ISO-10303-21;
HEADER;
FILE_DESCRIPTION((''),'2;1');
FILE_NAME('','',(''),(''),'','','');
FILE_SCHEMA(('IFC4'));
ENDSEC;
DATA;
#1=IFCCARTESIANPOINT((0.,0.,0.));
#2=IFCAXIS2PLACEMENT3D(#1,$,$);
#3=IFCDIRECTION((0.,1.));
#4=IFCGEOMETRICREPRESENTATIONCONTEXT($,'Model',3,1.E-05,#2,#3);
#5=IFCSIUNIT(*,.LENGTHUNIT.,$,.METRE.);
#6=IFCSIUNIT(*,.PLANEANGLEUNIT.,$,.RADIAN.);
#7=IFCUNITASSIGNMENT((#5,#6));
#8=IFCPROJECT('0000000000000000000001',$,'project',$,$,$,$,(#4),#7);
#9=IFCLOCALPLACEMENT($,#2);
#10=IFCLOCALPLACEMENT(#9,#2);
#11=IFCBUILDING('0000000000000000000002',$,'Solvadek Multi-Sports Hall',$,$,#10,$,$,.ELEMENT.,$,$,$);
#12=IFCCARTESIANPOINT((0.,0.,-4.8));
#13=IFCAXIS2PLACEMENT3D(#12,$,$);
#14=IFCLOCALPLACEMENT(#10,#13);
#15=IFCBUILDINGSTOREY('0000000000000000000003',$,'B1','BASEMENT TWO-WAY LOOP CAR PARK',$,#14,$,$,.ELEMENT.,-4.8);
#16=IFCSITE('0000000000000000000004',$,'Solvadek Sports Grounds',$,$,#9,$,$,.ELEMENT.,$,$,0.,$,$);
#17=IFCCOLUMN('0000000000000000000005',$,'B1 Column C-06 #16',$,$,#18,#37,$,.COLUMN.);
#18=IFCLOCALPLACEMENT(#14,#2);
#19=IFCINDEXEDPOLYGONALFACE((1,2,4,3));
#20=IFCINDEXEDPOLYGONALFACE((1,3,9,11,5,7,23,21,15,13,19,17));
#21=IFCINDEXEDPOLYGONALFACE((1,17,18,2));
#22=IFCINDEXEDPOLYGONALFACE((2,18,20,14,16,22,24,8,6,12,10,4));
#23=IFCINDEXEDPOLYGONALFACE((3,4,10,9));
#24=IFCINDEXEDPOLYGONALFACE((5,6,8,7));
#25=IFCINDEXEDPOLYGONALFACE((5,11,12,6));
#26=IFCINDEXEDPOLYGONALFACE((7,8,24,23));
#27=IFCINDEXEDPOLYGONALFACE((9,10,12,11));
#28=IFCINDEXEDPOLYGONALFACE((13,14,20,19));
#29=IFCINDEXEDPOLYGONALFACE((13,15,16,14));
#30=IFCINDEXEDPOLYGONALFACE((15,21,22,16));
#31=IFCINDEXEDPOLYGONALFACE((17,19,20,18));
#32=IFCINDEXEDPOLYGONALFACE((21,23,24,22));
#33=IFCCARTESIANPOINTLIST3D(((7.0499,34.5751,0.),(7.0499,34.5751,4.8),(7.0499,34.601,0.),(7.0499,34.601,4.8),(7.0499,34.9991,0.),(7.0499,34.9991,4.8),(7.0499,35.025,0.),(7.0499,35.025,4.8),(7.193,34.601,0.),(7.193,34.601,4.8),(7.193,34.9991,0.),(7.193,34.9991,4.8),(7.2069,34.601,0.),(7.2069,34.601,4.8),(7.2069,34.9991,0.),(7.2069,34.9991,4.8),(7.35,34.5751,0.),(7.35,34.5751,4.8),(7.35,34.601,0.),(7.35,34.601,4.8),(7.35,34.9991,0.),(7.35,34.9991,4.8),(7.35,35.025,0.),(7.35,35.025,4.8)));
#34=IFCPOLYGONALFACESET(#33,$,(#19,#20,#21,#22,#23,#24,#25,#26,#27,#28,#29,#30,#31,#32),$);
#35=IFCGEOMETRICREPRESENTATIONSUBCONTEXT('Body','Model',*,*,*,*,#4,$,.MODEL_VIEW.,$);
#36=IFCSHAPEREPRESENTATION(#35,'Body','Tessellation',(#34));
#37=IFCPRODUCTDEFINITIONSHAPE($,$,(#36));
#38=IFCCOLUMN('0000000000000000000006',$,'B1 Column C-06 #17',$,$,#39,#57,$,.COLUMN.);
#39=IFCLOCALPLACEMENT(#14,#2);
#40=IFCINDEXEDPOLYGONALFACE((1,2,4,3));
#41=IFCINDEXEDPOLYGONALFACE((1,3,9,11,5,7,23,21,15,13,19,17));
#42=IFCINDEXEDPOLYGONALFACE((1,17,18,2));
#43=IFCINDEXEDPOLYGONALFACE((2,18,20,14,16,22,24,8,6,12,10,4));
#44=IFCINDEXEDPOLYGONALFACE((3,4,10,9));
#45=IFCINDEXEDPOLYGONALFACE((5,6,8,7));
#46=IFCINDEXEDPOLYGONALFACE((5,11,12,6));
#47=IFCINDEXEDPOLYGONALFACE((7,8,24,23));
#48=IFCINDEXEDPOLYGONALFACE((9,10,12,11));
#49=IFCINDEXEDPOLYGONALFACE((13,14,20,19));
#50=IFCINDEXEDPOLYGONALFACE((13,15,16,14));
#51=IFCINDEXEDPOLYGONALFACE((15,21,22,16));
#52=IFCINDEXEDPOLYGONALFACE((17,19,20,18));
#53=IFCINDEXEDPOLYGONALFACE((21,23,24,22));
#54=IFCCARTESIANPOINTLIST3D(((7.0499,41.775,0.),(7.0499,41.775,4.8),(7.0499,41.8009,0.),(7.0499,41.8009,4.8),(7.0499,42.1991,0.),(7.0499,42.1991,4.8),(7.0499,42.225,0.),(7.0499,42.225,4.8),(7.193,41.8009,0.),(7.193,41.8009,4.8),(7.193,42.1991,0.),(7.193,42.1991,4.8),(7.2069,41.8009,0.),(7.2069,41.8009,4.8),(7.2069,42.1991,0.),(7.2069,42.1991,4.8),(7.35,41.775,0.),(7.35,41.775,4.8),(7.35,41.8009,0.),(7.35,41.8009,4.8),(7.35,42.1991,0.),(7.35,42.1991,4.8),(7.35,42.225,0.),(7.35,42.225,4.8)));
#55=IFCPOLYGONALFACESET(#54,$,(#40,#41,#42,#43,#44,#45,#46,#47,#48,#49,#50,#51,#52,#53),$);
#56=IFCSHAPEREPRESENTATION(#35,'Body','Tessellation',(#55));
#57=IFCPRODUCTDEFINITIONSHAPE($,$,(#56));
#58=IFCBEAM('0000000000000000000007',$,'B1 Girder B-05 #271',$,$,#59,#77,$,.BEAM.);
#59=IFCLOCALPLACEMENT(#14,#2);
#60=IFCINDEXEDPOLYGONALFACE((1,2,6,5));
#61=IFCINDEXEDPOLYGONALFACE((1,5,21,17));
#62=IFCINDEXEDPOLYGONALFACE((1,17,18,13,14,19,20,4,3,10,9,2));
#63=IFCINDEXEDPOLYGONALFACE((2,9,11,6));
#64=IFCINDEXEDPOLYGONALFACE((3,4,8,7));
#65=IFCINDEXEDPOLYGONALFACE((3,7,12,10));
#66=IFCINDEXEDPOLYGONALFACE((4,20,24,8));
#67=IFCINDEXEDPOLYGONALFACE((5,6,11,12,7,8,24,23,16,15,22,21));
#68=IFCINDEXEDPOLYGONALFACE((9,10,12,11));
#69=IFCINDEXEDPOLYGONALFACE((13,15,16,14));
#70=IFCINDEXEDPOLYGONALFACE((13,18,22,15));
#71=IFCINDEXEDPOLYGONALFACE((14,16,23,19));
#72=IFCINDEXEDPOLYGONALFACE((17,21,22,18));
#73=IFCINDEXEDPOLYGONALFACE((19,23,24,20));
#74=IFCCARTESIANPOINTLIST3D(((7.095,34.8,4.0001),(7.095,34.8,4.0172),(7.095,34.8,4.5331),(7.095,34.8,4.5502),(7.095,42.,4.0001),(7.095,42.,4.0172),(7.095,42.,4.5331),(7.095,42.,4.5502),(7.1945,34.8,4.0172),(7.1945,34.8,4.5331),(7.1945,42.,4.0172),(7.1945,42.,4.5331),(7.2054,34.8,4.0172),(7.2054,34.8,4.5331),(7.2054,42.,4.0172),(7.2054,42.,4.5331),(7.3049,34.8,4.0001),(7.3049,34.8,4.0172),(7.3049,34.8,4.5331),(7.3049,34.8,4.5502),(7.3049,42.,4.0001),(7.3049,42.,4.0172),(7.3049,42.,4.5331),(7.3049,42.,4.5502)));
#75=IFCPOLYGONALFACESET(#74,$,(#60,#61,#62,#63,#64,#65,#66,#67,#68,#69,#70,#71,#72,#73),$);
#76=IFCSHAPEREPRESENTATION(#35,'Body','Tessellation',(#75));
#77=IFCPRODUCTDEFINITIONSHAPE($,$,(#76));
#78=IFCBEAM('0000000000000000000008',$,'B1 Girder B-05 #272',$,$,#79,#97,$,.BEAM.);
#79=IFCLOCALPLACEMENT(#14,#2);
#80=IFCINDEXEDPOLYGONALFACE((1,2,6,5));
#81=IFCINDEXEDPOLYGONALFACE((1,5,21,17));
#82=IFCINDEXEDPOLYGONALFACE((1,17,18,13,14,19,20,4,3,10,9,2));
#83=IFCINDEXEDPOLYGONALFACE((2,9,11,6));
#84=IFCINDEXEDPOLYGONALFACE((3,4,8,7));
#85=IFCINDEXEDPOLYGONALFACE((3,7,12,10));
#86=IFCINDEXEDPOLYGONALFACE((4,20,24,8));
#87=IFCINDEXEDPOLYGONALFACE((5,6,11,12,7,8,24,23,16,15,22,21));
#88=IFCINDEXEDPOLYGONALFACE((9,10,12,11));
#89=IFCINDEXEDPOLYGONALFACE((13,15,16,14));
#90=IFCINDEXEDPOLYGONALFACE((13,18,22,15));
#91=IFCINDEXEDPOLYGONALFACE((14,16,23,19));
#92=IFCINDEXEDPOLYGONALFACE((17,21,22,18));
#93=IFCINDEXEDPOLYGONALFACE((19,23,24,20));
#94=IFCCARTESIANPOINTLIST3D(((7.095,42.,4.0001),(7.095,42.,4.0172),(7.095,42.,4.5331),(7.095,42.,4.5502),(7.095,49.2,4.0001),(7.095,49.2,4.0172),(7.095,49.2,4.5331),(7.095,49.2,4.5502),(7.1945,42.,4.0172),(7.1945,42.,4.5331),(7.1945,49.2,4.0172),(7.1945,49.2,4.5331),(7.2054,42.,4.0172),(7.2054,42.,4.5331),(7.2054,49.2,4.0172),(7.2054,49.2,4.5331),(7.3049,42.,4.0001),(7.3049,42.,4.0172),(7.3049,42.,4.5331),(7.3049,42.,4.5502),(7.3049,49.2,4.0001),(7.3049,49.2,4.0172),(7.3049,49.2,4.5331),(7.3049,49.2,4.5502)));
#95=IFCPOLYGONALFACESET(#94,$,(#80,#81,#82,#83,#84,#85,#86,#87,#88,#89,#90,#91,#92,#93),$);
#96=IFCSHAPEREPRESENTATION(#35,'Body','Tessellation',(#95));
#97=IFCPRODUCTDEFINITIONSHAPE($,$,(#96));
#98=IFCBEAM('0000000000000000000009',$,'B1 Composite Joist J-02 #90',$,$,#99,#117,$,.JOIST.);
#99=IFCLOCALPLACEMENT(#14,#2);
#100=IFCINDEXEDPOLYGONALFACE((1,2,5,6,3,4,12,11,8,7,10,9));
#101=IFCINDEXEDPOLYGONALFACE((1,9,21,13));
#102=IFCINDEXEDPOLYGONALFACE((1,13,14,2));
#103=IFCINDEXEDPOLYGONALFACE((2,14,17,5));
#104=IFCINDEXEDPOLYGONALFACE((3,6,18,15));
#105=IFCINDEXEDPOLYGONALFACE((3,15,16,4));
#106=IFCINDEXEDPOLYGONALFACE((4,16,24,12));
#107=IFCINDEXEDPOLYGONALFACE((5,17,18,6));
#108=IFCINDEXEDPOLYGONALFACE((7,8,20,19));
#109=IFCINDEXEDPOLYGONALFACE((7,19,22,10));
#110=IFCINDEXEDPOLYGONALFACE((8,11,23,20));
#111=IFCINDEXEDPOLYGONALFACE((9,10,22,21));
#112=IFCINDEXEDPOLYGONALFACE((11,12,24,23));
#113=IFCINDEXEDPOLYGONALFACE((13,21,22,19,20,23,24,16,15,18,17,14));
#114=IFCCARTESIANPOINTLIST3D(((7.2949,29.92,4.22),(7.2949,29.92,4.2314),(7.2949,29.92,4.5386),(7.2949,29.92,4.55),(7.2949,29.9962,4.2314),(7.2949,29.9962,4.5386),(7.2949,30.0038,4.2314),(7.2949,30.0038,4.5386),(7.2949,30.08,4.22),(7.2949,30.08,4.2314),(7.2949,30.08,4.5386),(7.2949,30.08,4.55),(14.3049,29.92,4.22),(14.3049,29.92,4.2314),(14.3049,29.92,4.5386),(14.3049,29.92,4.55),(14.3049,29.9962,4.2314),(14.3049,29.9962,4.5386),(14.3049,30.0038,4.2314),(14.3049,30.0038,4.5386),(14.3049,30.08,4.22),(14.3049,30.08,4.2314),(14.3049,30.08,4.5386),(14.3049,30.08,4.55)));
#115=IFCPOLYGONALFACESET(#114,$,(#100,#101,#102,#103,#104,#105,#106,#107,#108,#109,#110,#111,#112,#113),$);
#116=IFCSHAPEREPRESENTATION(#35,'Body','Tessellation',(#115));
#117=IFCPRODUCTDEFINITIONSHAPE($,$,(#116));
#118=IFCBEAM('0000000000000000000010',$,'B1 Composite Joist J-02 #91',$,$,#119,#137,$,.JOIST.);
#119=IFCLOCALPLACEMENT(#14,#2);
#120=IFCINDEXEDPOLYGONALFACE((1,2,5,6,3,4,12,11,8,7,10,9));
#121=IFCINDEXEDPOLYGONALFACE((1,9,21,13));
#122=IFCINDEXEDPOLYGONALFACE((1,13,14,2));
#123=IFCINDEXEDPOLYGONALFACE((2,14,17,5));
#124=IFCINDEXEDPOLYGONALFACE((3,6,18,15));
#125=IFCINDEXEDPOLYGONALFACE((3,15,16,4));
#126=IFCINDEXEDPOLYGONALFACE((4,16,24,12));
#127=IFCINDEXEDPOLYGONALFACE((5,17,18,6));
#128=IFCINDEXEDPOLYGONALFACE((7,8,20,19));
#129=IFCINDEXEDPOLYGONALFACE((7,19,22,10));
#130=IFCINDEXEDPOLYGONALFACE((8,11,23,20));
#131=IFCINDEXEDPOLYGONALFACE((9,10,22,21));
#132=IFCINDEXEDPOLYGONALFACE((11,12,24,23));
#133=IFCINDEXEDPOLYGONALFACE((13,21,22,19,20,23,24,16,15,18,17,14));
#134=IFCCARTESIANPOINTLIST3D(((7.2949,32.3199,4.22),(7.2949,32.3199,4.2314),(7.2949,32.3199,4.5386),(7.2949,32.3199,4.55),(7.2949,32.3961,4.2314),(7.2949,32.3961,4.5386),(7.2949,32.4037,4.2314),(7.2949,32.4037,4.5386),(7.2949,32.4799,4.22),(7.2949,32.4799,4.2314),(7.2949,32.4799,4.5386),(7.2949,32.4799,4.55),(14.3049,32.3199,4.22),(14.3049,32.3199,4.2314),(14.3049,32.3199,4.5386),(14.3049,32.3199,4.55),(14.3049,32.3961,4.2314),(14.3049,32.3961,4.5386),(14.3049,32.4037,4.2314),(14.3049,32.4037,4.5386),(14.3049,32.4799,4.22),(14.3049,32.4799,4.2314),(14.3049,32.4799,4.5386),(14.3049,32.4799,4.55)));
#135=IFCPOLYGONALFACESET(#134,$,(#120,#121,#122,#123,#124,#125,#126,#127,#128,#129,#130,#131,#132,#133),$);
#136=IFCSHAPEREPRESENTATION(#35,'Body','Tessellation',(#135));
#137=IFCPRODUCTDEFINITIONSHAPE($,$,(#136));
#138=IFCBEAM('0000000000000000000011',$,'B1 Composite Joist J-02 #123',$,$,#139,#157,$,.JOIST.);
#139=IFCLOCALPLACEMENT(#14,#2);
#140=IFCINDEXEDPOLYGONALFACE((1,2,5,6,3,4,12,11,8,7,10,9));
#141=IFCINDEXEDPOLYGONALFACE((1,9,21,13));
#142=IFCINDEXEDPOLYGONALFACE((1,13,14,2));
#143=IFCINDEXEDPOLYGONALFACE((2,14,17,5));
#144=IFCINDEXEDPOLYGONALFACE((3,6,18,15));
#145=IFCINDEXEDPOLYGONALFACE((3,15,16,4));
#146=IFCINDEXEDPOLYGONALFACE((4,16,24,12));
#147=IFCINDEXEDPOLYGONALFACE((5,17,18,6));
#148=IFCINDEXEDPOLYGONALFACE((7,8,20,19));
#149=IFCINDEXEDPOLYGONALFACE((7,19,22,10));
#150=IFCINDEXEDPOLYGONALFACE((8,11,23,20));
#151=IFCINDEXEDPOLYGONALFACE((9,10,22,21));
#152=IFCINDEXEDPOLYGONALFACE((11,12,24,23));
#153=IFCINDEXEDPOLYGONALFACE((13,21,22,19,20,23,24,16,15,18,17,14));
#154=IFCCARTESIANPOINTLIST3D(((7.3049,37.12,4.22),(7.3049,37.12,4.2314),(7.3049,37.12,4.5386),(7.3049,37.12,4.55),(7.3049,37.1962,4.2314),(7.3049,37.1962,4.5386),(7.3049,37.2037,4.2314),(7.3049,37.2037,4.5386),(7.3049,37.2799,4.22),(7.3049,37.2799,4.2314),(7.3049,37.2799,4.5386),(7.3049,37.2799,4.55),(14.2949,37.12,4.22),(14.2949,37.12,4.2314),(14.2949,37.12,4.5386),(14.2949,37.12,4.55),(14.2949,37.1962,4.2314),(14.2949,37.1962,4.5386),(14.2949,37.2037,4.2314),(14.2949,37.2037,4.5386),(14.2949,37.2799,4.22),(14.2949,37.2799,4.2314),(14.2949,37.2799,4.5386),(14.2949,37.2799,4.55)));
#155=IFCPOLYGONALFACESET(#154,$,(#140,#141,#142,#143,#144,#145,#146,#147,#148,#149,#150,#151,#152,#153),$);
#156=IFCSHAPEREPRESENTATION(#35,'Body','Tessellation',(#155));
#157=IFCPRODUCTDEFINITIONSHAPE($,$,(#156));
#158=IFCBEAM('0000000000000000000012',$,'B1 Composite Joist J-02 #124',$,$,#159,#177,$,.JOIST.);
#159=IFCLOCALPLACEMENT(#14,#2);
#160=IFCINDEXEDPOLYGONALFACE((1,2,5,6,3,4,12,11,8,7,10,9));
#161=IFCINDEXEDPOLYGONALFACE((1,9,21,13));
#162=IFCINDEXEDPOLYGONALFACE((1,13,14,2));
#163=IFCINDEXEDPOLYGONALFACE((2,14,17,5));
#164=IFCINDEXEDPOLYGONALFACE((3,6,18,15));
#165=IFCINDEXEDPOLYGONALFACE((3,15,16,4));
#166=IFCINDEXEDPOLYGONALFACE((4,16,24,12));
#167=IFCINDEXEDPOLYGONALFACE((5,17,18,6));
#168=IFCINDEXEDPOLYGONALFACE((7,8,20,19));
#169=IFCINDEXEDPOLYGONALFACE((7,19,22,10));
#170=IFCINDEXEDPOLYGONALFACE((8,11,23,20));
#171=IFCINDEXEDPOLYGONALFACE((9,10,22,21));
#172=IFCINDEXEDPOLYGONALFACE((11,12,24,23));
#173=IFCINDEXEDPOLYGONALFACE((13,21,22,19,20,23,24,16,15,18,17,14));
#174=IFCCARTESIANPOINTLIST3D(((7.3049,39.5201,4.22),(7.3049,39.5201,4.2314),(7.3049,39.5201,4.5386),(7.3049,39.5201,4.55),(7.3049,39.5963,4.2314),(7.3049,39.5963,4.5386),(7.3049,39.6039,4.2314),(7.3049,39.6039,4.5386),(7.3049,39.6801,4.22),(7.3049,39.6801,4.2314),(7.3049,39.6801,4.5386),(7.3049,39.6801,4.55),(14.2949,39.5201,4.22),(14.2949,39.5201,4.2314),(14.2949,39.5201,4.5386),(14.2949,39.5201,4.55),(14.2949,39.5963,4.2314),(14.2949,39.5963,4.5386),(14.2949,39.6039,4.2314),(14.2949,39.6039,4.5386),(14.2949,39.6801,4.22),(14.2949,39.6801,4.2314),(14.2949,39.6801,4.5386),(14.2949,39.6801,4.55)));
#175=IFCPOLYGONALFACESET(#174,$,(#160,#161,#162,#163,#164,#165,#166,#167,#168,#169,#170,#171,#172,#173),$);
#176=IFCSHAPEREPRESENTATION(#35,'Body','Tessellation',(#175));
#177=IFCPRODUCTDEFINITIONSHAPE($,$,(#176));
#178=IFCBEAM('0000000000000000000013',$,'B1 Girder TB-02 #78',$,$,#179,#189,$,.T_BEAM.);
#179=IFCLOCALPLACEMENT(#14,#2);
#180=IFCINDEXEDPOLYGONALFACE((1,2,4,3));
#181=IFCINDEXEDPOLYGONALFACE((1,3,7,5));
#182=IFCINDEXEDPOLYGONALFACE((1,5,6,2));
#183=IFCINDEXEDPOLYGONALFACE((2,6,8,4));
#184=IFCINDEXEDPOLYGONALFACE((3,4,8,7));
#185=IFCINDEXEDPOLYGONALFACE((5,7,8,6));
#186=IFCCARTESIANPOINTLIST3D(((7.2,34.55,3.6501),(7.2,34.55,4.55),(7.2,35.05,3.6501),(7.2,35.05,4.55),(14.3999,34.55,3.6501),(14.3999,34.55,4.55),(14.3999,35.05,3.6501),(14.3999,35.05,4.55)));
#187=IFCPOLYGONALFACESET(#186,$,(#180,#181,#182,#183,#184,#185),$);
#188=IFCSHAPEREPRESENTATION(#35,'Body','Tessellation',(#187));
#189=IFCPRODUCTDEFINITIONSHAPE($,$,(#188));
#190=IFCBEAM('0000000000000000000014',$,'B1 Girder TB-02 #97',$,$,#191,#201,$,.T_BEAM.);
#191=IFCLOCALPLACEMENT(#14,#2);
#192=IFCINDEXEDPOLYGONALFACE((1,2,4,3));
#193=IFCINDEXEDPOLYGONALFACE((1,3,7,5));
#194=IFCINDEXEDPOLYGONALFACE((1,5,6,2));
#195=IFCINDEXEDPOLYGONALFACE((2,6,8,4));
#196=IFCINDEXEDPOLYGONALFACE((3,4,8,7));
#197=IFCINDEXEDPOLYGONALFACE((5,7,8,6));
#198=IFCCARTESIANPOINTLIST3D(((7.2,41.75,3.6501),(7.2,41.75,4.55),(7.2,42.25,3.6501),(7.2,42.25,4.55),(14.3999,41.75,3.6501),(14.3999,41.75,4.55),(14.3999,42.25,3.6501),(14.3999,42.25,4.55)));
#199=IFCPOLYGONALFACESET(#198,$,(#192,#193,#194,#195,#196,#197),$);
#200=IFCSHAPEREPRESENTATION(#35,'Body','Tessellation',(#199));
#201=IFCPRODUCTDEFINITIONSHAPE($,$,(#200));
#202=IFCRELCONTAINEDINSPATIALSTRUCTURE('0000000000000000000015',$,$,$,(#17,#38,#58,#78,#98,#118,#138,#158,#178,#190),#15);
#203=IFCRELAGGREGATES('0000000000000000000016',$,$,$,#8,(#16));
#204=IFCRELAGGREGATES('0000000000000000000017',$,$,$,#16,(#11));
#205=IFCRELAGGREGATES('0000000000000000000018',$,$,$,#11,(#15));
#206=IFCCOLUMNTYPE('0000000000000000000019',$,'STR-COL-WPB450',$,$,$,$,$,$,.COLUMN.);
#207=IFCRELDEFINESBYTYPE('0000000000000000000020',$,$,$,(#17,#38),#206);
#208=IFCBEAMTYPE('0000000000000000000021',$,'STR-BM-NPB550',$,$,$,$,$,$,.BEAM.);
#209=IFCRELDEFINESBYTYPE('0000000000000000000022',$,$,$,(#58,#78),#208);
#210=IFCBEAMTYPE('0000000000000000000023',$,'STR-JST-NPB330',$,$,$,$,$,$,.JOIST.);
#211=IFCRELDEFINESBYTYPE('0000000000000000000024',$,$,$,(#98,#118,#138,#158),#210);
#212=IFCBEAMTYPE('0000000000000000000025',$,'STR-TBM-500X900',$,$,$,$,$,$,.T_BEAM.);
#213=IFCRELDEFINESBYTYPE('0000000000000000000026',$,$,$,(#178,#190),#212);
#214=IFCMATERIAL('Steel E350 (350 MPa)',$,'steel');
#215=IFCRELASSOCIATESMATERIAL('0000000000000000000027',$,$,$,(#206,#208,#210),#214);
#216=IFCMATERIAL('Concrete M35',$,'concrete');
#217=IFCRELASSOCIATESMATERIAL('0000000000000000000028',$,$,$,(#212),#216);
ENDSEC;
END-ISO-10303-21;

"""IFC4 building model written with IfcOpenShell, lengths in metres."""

from ifc_helpers import new_model, si_unit, direction, frame, origin, origin_2d, place, context, subcontext, project, spatial, rectangle, i_section, extrude, material, material_profile, profile_set, type_object, element, save


model = new_model("IFC4")

# Units and contexts
model_context = context("Model", 3, precision=1e-05, world=origin(), true_north=direction((0.0, 1.0)))
body_context = subcontext(model_context, "Body", "Model", "MODEL_VIEW")
ifc_project = project(units=[si_unit("LENGTHUNIT", "METRE"), si_unit("PLANEANGLEUNIT", "RADIAN")], contexts=[model_context])

# Site, building, storey
site_placement = place(None, origin())
site = spatial("IfcSite", under=ifc_project, at=site_placement, Name="Solvadek Sports Grounds", CompositionType="ELEMENT", RefElevation=0.0)
building_placement = place(site_placement, origin())
building = spatial("IfcBuilding", under=site, at=building_placement, Name="Solvadek Multi-Sports Hall", CompositionType="ELEMENT")
storey_placement = place(building_placement, frame((0.0, 0.0, -4.8)))
storey = spatial("IfcBuildingStorey", under=building, at=storey_placement, Name="B1", Description="BASEMENT TWO-WAY LOOP CAR PARK", CompositionType="ELEMENT", Elevation=-4.8)

# Shared definitions
ifc_material_1 = material(Name="Concrete M35", Category="concrete")

# Columns
ifc_material_2 = material(Name="Steel E350 (350 MPa)", Category="steel")
ifc_material_profile_1 = material_profile(ifc_material_2, i_section(OverallWidth=0.3, OverallDepth=0.45, WebThickness=0.0139, FlangeThickness=0.0259, at=origin_2d()), Name="WPB 450")
ifc_profile_set_1 = profile_set([ifc_material_profile_1], Name="Steel E350 (350 MPa)")
column_type = type_object("IfcColumnType", Name="STR-COL-WPB450", PredefinedType="COLUMN", material=ifc_profile_set_1)
for number, where, z_axis, x_axis, name in (
    (1, (7.2, 34.8, 0.0), (0.0, 0.0, 1.0), (1.0, 0.0, 0.0), "B1 Column C-06 #16"),
    (2, (7.2, 42.0, 0.0), (0.0, 0.0, 1.0), (1.0, 0.0, 0.0), "B1 Column C-06 #17"),
):
    element("IfcColumn", number, at=place(storey_placement, frame(where, z_axis=z_axis, x_axis=x_axis)), inside=storey, type_object=column_type, Name=name, PredefinedType="COLUMN", context=body_context, shape_type="SweptSolid", body=[
        extrude(i_section(OverallWidth=0.3, OverallDepth=0.45, WebThickness=0.0139, FlangeThickness=0.0259, at=origin_2d()), origin(), (0.0, 0.0, 1.0), 4.8),
    ])

# Beams
ifc_material_profile_2 = material_profile(ifc_material_2, i_section(OverallWidth=0.21, OverallDepth=0.55, WebThickness=0.011, FlangeThickness=0.0171, at=origin_2d()), Name="NPB 550")
ifc_profile_set_2 = profile_set([ifc_material_profile_2], Name="Steel E350 (350 MPa)")
beam_type_1 = type_object("IfcBeamType", Name="STR-BM-NPB550", PredefinedType="BEAM", material=ifc_profile_set_2)
for number, where, z_axis, x_axis, name in (
    (3, (7.2, 34.8, 4.2751), (0.0, 1.0, 0.0), (-1.0, 0.0, 0.0), "B1 Girder B-05 #271"),
    (4, (7.2, 42.0, 4.2751), (0.0, 1.0, 0.0), (-1.0, 0.0, 0.0), "B1 Girder B-05 #272"),
):
    element("IfcBeam", number, at=place(storey_placement, frame(where, z_axis=z_axis, x_axis=x_axis)), inside=storey, type_object=beam_type_1, Name=name, PredefinedType="BEAM", context=body_context, shape_type="SweptSolid", body=[
        extrude(i_section(OverallWidth=0.21, OverallDepth=0.55, WebThickness=0.011, FlangeThickness=0.0171, at=origin_2d()), origin(), (0.0, 0.0, 1.0), 7.2),
    ])
ifc_material_profile_3 = material_profile(ifc_material_2, i_section(OverallWidth=0.1599, OverallDepth=0.3301, WebThickness=0.0076, FlangeThickness=0.0115, at=origin_2d()), Name="NPB 330")
ifc_profile_set_3 = profile_set([ifc_material_profile_3], Name="Steel E350 (350 MPa)")
beam_type_2 = type_object("IfcBeamType", Name="STR-JST-NPB330", PredefinedType="JOIST", material=ifc_profile_set_3)
for number, where, z_axis, x_axis, name in (
    (5, (7.2949, 30.0, 4.385), (1.0, 0.0, 0.0), (0.0, 1.0, 0.0), "B1 Composite Joist J-02 #90"),
    (6, (7.2949, 32.3999, 4.385), (1.0, 0.0, 0.0), (0.0, 1.0, 0.0), "B1 Composite Joist J-02 #91"),
):
    element("IfcBeam", number, at=place(storey_placement, frame(where, z_axis=z_axis, x_axis=x_axis)), inside=storey, type_object=beam_type_2, Name=name, PredefinedType="JOIST", context=body_context, shape_type="SweptSolid", body=[
        extrude(i_section(OverallWidth=0.1599, OverallDepth=0.3301, WebThickness=0.0076, FlangeThickness=0.0115, at=origin_2d()), origin(), (0.0, 0.0, 1.0), 7.01),
    ])
for number, where, z_axis, x_axis, name in (
    (7, (7.3049, 37.2, 4.385), (1.0, 0.0, 0.0), (0.0, 1.0, 0.0), "B1 Composite Joist J-02 #123"),
    (8, (7.3049, 39.6001, 4.385), (1.0, 0.0, 0.0), (0.0, 1.0, 0.0), "B1 Composite Joist J-02 #124"),
):
    element("IfcBeam", number, at=place(storey_placement, frame(where, z_axis=z_axis, x_axis=x_axis)), inside=storey, type_object=beam_type_2, Name=name, PredefinedType="JOIST", context=body_context, shape_type="SweptSolid", body=[
        extrude(i_section(OverallWidth=0.1599, OverallDepth=0.3301, WebThickness=0.0076, FlangeThickness=0.0115, at=origin_2d()), origin(), (0.0, 0.0, 1.0), 6.99),
    ])
ifc_material_profile_4 = material_profile(ifc_material_1, rectangle(XDim=0.5, YDim=0.8999, at=origin_2d()), Name="RC T-BEAM 500x900")
ifc_profile_set_4 = profile_set([ifc_material_profile_4], Name="Concrete M35")
beam_type_3 = type_object("IfcBeamType", Name="STR-TBM-500X900", PredefinedType="T_BEAM", material=ifc_profile_set_4)
for number, where, z_axis, x_axis, name in (
    (9, (7.2, 34.8, 4.1001), (1.0, 0.0, 0.0), (0.0, 1.0, 0.0), "B1 Girder TB-02 #78"),
    (10, (7.2, 42.0, 4.1001), (1.0, 0.0, 0.0), (0.0, 1.0, 0.0), "B1 Girder TB-02 #97"),
):
    element("IfcBeam", number, at=place(storey_placement, frame(where, z_axis=z_axis, x_axis=x_axis)), inside=storey, type_object=beam_type_3, Name=name, PredefinedType="T_BEAM", context=body_context, shape_type="SweptSolid", body=[
        extrude(rectangle(XDim=0.5, YDim=0.8999, at=origin_2d()), origin(), (0.0, 0.0, 1.0), 7.2),
    ])

save(model, "model.ifc")
